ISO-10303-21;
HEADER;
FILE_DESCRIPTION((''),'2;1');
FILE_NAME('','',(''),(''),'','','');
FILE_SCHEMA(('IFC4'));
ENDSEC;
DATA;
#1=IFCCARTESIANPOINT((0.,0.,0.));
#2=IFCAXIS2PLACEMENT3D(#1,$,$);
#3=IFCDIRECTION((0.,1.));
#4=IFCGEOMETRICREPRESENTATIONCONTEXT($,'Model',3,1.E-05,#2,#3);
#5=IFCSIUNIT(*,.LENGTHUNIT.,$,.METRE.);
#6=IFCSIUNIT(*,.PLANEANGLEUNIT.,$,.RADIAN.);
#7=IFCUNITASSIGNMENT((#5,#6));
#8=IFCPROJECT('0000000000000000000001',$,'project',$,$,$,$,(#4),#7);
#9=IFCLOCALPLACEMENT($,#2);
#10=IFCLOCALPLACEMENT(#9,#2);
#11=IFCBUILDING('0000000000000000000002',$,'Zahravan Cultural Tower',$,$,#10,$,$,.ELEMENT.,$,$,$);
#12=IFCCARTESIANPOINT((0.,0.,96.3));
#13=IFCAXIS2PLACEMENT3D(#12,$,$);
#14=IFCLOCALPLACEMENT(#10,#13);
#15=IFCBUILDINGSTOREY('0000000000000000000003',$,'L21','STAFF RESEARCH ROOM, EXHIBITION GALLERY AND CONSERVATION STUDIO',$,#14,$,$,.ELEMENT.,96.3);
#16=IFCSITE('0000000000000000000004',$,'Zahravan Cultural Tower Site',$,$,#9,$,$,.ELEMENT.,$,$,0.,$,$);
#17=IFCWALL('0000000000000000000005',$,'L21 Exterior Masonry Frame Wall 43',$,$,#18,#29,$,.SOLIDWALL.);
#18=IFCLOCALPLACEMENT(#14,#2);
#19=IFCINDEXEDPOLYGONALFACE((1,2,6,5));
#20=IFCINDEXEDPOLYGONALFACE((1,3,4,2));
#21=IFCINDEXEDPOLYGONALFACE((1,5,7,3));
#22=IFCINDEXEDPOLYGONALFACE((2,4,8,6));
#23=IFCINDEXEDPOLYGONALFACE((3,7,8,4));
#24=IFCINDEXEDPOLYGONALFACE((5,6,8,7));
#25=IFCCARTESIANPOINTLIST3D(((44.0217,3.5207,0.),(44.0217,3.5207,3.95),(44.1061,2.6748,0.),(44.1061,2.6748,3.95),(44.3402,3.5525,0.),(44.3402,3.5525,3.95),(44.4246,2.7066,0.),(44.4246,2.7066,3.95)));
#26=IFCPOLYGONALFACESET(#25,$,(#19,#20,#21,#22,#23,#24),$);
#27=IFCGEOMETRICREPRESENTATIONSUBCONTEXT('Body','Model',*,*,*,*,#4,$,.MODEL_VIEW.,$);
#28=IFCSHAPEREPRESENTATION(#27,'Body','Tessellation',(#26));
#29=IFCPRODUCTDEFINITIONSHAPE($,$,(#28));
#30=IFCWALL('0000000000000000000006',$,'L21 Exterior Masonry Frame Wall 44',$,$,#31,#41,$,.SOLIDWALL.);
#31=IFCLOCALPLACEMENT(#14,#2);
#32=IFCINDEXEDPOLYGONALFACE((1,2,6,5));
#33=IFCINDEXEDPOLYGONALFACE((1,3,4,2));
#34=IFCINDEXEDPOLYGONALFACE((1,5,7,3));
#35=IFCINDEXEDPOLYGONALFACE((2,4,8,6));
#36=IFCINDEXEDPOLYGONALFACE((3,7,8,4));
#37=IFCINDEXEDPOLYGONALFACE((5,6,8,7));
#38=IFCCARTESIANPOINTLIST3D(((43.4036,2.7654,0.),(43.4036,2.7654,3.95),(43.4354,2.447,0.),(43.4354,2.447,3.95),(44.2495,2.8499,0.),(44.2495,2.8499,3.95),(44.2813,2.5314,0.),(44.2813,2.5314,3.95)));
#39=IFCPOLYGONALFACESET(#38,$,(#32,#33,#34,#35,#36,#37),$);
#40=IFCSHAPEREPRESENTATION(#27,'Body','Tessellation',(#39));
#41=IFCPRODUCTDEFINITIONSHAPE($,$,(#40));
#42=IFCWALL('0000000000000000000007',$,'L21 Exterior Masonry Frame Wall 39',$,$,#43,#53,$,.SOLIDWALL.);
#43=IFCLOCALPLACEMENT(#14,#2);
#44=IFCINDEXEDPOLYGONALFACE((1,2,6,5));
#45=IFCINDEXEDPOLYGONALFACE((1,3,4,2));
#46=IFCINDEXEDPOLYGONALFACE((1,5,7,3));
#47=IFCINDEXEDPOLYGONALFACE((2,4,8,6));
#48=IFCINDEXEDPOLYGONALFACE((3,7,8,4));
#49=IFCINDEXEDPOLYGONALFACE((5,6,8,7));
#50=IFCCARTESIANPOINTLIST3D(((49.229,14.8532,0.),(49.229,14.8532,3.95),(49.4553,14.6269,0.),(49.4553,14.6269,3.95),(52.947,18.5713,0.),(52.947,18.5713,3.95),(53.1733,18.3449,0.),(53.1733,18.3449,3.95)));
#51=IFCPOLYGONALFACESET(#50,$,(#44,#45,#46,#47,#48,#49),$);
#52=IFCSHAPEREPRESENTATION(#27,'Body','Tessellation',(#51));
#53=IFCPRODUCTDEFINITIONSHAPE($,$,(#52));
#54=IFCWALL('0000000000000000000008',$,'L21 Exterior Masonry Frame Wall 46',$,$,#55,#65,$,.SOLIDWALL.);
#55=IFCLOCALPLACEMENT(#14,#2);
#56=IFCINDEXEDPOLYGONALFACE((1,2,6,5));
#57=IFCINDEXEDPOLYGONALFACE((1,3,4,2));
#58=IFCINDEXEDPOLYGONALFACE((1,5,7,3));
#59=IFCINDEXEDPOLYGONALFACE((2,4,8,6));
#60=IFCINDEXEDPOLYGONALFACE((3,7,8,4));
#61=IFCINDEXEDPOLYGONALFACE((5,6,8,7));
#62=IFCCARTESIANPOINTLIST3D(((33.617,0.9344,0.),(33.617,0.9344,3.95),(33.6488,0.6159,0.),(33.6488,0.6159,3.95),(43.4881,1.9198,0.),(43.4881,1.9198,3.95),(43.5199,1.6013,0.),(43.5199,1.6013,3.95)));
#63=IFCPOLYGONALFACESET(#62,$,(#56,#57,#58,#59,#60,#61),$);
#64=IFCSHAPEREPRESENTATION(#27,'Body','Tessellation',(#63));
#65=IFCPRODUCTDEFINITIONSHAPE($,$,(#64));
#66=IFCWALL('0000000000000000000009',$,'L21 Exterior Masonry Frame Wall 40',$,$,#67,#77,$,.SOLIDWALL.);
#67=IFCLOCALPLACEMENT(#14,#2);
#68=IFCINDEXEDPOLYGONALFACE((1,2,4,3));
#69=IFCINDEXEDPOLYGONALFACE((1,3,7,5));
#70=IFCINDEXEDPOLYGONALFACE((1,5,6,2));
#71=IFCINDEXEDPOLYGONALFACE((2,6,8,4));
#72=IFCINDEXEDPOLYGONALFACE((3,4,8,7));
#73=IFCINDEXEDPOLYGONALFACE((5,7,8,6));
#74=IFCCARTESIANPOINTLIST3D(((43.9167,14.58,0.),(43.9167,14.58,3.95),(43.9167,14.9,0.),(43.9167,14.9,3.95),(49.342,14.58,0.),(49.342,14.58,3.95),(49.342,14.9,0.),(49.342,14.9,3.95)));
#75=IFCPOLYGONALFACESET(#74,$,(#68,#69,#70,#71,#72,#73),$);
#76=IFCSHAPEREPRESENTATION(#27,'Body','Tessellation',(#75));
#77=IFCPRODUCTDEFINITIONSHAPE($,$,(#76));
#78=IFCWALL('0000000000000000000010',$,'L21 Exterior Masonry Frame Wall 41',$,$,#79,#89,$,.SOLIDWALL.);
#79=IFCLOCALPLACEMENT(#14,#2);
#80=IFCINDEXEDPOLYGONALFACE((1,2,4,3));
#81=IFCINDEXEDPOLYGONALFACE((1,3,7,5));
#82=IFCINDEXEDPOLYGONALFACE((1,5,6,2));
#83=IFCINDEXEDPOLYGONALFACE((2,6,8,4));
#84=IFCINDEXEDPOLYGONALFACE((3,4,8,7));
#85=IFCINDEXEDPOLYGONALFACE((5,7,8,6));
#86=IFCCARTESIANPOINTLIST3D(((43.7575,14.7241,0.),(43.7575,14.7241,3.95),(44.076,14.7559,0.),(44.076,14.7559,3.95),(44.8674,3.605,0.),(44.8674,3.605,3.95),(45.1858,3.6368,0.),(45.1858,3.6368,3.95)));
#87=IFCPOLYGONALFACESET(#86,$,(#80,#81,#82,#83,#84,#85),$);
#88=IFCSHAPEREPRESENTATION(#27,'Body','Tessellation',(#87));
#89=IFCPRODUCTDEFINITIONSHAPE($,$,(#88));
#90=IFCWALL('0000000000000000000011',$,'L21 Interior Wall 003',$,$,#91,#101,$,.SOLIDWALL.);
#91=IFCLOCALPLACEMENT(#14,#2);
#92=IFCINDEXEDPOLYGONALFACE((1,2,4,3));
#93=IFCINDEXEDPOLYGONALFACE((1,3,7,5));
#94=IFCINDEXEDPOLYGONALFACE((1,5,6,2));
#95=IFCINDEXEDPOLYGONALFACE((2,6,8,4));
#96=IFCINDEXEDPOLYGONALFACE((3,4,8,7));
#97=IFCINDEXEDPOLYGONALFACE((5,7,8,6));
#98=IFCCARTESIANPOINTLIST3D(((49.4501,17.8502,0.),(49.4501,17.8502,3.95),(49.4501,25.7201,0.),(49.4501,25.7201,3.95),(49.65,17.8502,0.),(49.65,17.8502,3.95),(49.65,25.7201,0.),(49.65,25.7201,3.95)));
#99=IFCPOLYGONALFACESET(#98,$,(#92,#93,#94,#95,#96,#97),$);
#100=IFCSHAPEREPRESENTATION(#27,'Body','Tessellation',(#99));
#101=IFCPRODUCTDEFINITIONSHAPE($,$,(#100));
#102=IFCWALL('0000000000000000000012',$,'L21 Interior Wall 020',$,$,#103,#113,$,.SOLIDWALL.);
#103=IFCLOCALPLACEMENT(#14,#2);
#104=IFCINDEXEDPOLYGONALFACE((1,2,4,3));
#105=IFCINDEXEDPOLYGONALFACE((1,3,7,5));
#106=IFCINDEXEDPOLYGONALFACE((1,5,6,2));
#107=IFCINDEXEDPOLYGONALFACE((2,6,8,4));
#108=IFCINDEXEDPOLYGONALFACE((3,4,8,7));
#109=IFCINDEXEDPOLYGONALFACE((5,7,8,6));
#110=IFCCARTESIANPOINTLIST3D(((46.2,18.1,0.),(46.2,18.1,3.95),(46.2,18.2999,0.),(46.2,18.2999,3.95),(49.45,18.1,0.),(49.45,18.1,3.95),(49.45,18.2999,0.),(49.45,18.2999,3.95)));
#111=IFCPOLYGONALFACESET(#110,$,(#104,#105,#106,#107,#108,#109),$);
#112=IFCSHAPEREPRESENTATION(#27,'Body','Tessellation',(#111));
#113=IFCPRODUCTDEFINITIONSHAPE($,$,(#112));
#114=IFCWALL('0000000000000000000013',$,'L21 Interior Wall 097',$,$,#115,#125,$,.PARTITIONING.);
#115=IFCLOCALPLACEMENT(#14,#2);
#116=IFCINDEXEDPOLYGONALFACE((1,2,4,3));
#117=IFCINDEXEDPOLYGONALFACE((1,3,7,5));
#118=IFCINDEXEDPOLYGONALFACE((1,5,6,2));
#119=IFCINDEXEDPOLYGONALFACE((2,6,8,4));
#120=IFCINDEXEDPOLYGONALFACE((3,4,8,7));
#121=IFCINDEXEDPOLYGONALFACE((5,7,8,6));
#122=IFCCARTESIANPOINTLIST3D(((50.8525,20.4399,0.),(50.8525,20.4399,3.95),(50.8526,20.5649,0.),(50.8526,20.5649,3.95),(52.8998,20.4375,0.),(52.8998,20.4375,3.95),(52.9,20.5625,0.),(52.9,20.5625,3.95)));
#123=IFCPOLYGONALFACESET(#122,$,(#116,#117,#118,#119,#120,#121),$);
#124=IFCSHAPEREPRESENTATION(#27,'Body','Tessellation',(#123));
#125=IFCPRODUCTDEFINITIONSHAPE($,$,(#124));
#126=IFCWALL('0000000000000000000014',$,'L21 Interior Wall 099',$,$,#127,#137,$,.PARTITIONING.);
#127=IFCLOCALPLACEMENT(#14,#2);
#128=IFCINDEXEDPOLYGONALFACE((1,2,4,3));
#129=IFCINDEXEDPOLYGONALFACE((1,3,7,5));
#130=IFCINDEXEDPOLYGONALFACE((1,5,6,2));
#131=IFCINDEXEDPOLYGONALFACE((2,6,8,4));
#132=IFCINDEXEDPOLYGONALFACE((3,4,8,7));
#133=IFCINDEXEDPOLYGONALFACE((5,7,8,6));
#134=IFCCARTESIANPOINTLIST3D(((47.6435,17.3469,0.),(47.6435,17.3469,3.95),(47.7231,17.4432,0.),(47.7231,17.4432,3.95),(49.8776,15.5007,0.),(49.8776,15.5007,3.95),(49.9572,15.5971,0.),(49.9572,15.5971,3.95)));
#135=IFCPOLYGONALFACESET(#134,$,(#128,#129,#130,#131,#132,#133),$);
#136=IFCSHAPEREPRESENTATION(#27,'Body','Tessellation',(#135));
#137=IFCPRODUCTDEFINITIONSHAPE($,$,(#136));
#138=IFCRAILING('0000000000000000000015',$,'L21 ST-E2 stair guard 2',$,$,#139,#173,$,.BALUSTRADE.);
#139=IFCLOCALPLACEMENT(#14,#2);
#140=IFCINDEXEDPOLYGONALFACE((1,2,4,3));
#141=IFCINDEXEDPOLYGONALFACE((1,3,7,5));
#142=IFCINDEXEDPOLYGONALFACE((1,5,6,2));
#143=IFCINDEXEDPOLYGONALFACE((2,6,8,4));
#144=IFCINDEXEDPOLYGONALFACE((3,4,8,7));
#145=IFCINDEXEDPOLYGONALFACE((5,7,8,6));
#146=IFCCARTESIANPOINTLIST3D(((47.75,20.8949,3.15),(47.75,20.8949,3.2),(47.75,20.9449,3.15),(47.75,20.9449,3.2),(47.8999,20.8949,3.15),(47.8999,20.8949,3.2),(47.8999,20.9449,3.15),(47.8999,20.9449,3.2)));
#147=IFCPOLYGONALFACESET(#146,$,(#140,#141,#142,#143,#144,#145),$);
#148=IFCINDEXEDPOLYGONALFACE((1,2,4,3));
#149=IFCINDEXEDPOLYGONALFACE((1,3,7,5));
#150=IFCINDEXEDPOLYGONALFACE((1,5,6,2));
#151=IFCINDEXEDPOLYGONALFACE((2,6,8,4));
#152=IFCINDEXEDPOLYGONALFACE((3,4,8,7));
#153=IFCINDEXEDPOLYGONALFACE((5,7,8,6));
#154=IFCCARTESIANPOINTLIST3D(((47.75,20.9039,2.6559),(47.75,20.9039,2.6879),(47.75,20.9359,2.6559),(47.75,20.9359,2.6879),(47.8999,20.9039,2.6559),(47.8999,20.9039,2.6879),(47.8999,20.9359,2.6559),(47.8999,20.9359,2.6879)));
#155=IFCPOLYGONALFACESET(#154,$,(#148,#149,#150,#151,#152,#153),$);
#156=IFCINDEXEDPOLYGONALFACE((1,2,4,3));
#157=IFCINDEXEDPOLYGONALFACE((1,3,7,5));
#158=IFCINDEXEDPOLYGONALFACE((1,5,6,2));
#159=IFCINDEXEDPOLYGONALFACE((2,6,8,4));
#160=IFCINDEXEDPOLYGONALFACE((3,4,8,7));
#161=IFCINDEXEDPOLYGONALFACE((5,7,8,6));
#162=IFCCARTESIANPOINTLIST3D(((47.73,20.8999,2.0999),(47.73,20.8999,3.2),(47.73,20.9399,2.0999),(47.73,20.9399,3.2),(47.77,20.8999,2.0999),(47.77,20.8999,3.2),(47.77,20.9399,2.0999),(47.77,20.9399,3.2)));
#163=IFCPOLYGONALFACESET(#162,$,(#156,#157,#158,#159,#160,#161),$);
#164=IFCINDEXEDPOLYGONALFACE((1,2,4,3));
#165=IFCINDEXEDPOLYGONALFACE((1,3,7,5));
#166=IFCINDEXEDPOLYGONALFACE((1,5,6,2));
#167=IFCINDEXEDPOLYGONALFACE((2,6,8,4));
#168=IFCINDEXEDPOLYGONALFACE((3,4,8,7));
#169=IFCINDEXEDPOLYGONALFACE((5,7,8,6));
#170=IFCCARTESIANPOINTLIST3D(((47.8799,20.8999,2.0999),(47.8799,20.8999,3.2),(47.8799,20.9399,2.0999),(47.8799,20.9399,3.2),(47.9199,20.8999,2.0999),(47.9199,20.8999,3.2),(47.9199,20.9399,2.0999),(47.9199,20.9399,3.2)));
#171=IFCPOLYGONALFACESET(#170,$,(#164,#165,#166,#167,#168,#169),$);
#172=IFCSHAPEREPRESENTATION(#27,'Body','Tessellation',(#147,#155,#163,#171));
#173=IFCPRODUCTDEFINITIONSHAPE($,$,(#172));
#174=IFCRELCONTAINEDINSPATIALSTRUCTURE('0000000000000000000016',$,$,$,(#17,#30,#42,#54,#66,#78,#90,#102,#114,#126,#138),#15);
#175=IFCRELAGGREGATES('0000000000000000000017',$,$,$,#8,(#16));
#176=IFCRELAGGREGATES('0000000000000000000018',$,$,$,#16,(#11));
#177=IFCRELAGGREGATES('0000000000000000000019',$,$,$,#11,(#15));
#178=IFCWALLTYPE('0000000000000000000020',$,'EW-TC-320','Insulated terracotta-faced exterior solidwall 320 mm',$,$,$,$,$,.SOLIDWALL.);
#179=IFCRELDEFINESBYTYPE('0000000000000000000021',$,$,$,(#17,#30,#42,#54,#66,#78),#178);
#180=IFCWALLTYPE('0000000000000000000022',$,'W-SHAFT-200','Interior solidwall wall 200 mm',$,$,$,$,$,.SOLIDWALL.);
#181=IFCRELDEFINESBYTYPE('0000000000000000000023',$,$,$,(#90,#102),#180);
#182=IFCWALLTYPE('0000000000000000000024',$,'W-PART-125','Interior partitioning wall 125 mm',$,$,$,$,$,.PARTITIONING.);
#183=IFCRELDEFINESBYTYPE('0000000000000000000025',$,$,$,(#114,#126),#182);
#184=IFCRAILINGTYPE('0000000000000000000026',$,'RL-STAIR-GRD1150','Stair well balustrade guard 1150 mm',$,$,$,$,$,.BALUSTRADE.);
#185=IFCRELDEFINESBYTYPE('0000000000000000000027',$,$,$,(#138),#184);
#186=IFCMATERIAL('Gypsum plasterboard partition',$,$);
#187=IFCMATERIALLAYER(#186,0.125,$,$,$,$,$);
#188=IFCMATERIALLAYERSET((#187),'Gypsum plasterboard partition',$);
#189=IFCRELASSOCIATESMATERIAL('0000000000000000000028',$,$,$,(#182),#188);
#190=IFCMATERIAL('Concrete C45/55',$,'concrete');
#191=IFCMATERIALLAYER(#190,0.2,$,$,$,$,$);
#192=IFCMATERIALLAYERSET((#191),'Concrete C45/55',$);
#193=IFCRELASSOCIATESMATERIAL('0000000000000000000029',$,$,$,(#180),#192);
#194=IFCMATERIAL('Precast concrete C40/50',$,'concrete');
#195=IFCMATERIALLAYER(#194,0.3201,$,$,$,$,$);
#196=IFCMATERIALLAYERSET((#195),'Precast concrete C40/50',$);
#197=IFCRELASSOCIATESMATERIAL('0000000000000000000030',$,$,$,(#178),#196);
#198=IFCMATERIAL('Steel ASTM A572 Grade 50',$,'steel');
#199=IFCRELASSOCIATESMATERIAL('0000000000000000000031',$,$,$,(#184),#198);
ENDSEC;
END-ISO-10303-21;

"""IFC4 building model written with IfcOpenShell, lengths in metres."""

from ifc_helpers import new_model, si_unit, direction, frame, frame_2d, origin, origin_2d, place, context, subcontext, project, spatial, rectangle, extrude, source, transform, mapped, material, layer, layer_set, type_object, element, save


model = new_model("IFC4")

# Units and contexts
model_context = context("Model", 3, precision=1e-05, world=origin(), true_north=direction((0.0, 1.0)))
body_context = subcontext(model_context, "Body", "Model", "MODEL_VIEW")
ifc_project = project(units=[si_unit("LENGTHUNIT", "METRE"), si_unit("PLANEANGLEUNIT", "RADIAN")], contexts=[model_context])

# Site, building, storey
site_placement = place(None, origin())
site = spatial("IfcSite", under=ifc_project, at=site_placement, Name="Zahravan Cultural Tower Site", CompositionType="ELEMENT", RefElevation=0.0)
building_placement = place(site_placement, origin())
building = spatial("IfcBuilding", under=site, at=building_placement, Name="Zahravan Cultural Tower", CompositionType="ELEMENT")
storey_placement = place(building_placement, frame((0.0, 0.0, 96.3)))
storey = spatial("IfcBuildingStorey", under=building, at=storey_placement, Name="L21", Description="STAFF RESEARCH ROOM, EXHIBITION GALLERY AND CONSERVATION STUDIO", CompositionType="ELEMENT", Elevation=96.3)

# Shared definitions
ifc_material_1 = material(Name="Gypsum plasterboard partition")
ifc_layer_1 = layer(ifc_material_1, 0.125)
ifc_layer_set_1 = layer_set([ifc_layer_1], Name="Gypsum plasterboard partition")
wall_type_1 = type_object("IfcWallType", Name="W-PART-125", Description="Interior partitioning wall 125 mm", PredefinedType="PARTITIONING", material=ifc_layer_set_1)
ifc_material_2 = material(Name="Concrete C45/55", Category="concrete")
ifc_layer_2 = layer(ifc_material_2, 0.2)
ifc_layer_set_2 = layer_set([ifc_layer_2], Name="Concrete C45/55")
wall_type_2 = type_object("IfcWallType", Name="W-SHAFT-200", Description="Interior solidwall wall 200 mm", PredefinedType="SOLIDWALL", material=ifc_layer_set_2)
ifc_material_3 = material(Name="Steel ASTM A572 Grade 50", Category="steel")

# Walls
ifc_material_4 = material(Name="Precast concrete C40/50", Category="concrete")
ifc_layer_3 = layer(ifc_material_4, 0.3201)
ifc_layer_set_3 = layer_set([ifc_layer_3], Name="Precast concrete C40/50")
wall_type_3 = type_object("IfcWallType", Name="EW-TC-320", Description="Insulated terracotta-faced exterior solidwall 320 mm", PredefinedType="SOLIDWALL", material=ifc_layer_set_3)
shared_shape_1 = source(origin(), body_context, "Body", "SweptSolid", [
    extrude(rectangle(XDim=0.8501, YDim=0.3201, at=frame_2d((0.425, 0.0))), origin(), (0.0, 0.0, 1.0), 3.95),
])
for number, where, z_axis, x_axis, name in (
    (1, (44.1809, 3.5366, 0.0), (0.0, 0.0, 1.0), (0.099362, -0.995051, 0.0), "L21 Exterior Masonry Frame Wall 43"),
    (2, (44.2654, 2.6907, 0.0), (0.0, 0.0, 1.0), (-0.995051, -0.099362, 0.0), "L21 Exterior Masonry Frame Wall 44"),
):
    element("IfcWall", number, at=place(storey_placement, frame(where, z_axis=z_axis, x_axis=x_axis)), inside=storey, type_object=wall_type_3, Name=name, PredefinedType="SOLIDWALL", context=body_context, shape_type="MappedRepresentation", body=[
        mapped(shared_shape_1, transform((0.0, 0.0, 0.0), x_axis=(1.0, 0.0, 0.0), y_axis=(0.0, 1.0, 0.0), z_axis=(0.0, 0.0, 1.0), scale=1.0)),
    ])
shared_shape_2 = source(origin(), body_context, "Body", "SweptSolid", [
    extrude(rectangle(XDim=5.2581, YDim=0.3201, at=frame_2d((2.6289, 0.0))), origin(), (0.0, 0.0, 1.0), 3.95),
])
wall_1_placement = place(storey_placement, frame((53.0601, 18.458, 0.0), z_axis=(0.0, 0.0, 1.0), x_axis=(-0.707107, -0.707107, 0.0)))
element("IfcWall", 3, at=wall_1_placement, inside=storey, type_object=wall_type_3, Name="L21 Exterior Masonry Frame Wall 39", PredefinedType="SOLIDWALL", context=body_context, shape_type="MappedRepresentation", body=[
    mapped(shared_shape_2, transform((0.0, 0.0, 0.0), x_axis=(1.0, 0.0, 0.0), y_axis=(0.0, 1.0, 0.0), z_axis=(0.0, 0.0, 1.0), scale=1.0)),
])
shared_shape_3 = source(origin(), body_context, "Body", "SweptSolid", [
    extrude(rectangle(XDim=9.9202, YDim=0.3201, at=frame_2d((4.96, 0.0))), origin(), (0.0, 0.0, 1.0), 3.95),
])
wall_2_placement = place(storey_placement, frame((43.5039, 1.7605, 0.0), z_axis=(0.0, 0.0, 1.0), x_axis=(-0.995055, -0.099328, 0.0)))
element("IfcWall", 4, at=wall_2_placement, inside=storey, type_object=wall_type_3, Name="L21 Exterior Masonry Frame Wall 46", PredefinedType="SOLIDWALL", context=body_context, shape_type="MappedRepresentation", body=[
    mapped(shared_shape_3, transform((0.0, 0.0, 0.0), x_axis=(1.0, 0.0, 0.0), y_axis=(0.0, 1.0, 0.0), z_axis=(0.0, 0.0, 1.0), scale=1.0)),
])
shared_shape_4 = source(origin(), body_context, "Body", "SweptSolid", [
    extrude(rectangle(XDim=5.4253, YDim=0.3201, at=frame_2d((2.7126, 0.0))), origin(), (0.0, 0.0, 1.0), 3.95),
])
wall_3_placement = place(storey_placement, frame((49.342, 14.74, 0.0), z_axis=(0.0, 0.0, 1.0), x_axis=(-1.0, 0.0, 0.0)))
element("IfcWall", 5, at=wall_3_placement, inside=storey, type_object=wall_type_3, Name="L21 Exterior Masonry Frame Wall 40", PredefinedType="SOLIDWALL", context=body_context, shape_type="MappedRepresentation", body=[
    mapped(shared_shape_4, transform((0.0, 0.0, 0.0), x_axis=(1.0, 0.0, 0.0), y_axis=(0.0, 1.0, 0.0), z_axis=(0.0, 0.0, 1.0), scale=1.0)),
])
shared_shape_5 = source(origin(), body_context, "Body", "SweptSolid", [
    extrude(rectangle(XDim=11.1743, YDim=0.3201, at=frame_2d((5.5872, 0.0))), origin(), (0.0, 0.0, 1.0), 3.95),
])
wall_4_placement = place(storey_placement, frame((43.9167, 14.74, 0.0), z_axis=(0.0, 0.0, 1.0), x_axis=(0.099322, -0.995055, 0.0)))
element("IfcWall", 6, at=wall_4_placement, inside=storey, type_object=wall_type_3, Name="L21 Exterior Masonry Frame Wall 41", PredefinedType="SOLIDWALL", context=body_context, shape_type="MappedRepresentation", body=[
    mapped(shared_shape_5, transform((0.0, 0.0, 0.0), x_axis=(1.0, 0.0, 0.0), y_axis=(0.0, 1.0, 0.0), z_axis=(0.0, 0.0, 1.0), scale=1.0)),
])
shared_shape_6 = source(origin(), body_context, "Body", "SweptSolid", [
    extrude(rectangle(XDim=7.8699, YDim=0.2, at=frame_2d((3.9351, 0.0))), origin(), (0.0, 0.0, 1.0), 3.95),
])
wall_5_placement = place(storey_placement, frame((49.55, 17.8501, 0.0), z_axis=(0.0, 0.0, 1.0), x_axis=(0.0, 1.0, 0.0)))
element("IfcWall", 7, at=wall_5_placement, inside=storey, type_object=wall_type_2, Name="L21 Interior Wall 003", PredefinedType="SOLIDWALL", context=body_context, shape_type="MappedRepresentation", body=[
    mapped(shared_shape_6, transform((0.0, 0.0, 0.0), x_axis=(1.0, 0.0, 0.0), y_axis=(0.0, 1.0, 0.0), z_axis=(0.0, 0.0, 1.0), scale=1.0)),
])
shared_shape_7 = source(origin(), body_context, "Body", "SweptSolid", [
    extrude(rectangle(XDim=3.25, YDim=0.2, at=frame_2d((1.625, 0.0))), origin(), (0.0, 0.0, 1.0), 3.95),
])
wall_6_placement = place(storey_placement, frame((46.2, 18.2, 0.0), z_axis=(0.0, 0.0, 1.0), x_axis=(1.0, 0.0, 0.0)))
element("IfcWall", 8, at=wall_6_placement, inside=storey, type_object=wall_type_2, Name="L21 Interior Wall 020", PredefinedType="SOLIDWALL", context=body_context, shape_type="MappedRepresentation", body=[
    mapped(shared_shape_7, transform((0.0, 0.0, 0.0), x_axis=(1.0, 0.0, 0.0), y_axis=(0.0, 1.0, 0.0), z_axis=(0.0, 0.0, 1.0), scale=1.0)),
])
shared_shape_8 = source(origin(), body_context, "Body", "SweptSolid", [
    extrude(rectangle(XDim=2.0474, YDim=0.125, at=frame_2d((1.0237, 0.0))), origin(), (0.0, 0.0, 1.0), 3.95),
])
wall_7_placement = place(storey_placement, frame((50.8525, 20.5024, 0.0), z_axis=(0.0, 0.0, 1.0), x_axis=(0.999999, -0.001192, 0.0)))
element("IfcWall", 9, at=wall_7_placement, inside=storey, type_object=wall_type_1, Name="L21 Interior Wall 097", PredefinedType="PARTITIONING", context=body_context, shape_type="MappedRepresentation", body=[
    mapped(shared_shape_8, transform((0.0, 0.0, 0.0), x_axis=(1.0, 0.0, 0.0), y_axis=(0.0, 1.0, 0.0), z_axis=(0.0, 0.0, 1.0), scale=1.0)),
])
shared_shape_9 = source(origin(), body_context, "Body", "SweptSolid", [
    extrude(rectangle(XDim=2.8982, YDim=0.125, at=frame_2d((1.4492, 0.0))), origin(), (0.0, 0.0, 1.0), 3.95),
])
wall_8_placement = place(storey_placement, frame((49.9175, 15.5488, 0.0), z_axis=(0.0, 0.0, 1.0), x_axis=(-0.770859, 0.637006, 0.0)))
element("IfcWall", 10, at=wall_8_placement, inside=storey, type_object=wall_type_1, Name="L21 Interior Wall 099", PredefinedType="PARTITIONING", context=body_context, shape_type="MappedRepresentation", body=[
    mapped(shared_shape_9, transform((0.0, 0.0, 0.0), x_axis=(1.0, 0.0, 0.0), y_axis=(0.0, 1.0, 0.0), z_axis=(0.0, 0.0, 1.0), scale=1.0)),
])

# Railing
railing_type = type_object("IfcRailingType", Name="RL-STAIR-GRD1150", Description="Stair well balustrade guard 1150 mm", PredefinedType="BALUSTRADE", material=ifc_material_3)
railing_1_placement = place(storey_placement, frame((47.75, 20.9199, 2.0999)))
element("IfcRailing", 11, at=railing_1_placement, inside=storey, type_object=railing_type, Name="L21 ST-E2 stair guard 2", PredefinedType="BALUSTRADE", context=body_context, shape_type="SweptSolid", body=[
    extrude(rectangle(XDim=0.05, YDim=0.05, at=origin_2d()), frame((0.0, 0.0, 1.0752), z_axis=(1.0, 0.0, 0.0), x_axis=(0.0, 1.0, 0.0)), (0.0, 0.0, 1.0), 0.1499),
    extrude(rectangle(XDim=0.032, YDim=0.032, at=origin_2d()), frame((0.0, 0.0, 0.572), z_axis=(1.0, 0.0, 0.0), x_axis=(0.0, 1.0, 0.0)), (0.0, 0.0, 1.0), 0.1499),
    extrude(rectangle(XDim=0.04, YDim=0.04, at=origin_2d()), origin(), (0.0, 0.0, 1.0), 1.1001),
    extrude(rectangle(XDim=0.04, YDim=0.04, at=origin_2d()), frame((0.1499, 0.0, 0.0)), (0.0, 0.0, 1.0), 1.1001),
])

save(model, "model.ifc")
